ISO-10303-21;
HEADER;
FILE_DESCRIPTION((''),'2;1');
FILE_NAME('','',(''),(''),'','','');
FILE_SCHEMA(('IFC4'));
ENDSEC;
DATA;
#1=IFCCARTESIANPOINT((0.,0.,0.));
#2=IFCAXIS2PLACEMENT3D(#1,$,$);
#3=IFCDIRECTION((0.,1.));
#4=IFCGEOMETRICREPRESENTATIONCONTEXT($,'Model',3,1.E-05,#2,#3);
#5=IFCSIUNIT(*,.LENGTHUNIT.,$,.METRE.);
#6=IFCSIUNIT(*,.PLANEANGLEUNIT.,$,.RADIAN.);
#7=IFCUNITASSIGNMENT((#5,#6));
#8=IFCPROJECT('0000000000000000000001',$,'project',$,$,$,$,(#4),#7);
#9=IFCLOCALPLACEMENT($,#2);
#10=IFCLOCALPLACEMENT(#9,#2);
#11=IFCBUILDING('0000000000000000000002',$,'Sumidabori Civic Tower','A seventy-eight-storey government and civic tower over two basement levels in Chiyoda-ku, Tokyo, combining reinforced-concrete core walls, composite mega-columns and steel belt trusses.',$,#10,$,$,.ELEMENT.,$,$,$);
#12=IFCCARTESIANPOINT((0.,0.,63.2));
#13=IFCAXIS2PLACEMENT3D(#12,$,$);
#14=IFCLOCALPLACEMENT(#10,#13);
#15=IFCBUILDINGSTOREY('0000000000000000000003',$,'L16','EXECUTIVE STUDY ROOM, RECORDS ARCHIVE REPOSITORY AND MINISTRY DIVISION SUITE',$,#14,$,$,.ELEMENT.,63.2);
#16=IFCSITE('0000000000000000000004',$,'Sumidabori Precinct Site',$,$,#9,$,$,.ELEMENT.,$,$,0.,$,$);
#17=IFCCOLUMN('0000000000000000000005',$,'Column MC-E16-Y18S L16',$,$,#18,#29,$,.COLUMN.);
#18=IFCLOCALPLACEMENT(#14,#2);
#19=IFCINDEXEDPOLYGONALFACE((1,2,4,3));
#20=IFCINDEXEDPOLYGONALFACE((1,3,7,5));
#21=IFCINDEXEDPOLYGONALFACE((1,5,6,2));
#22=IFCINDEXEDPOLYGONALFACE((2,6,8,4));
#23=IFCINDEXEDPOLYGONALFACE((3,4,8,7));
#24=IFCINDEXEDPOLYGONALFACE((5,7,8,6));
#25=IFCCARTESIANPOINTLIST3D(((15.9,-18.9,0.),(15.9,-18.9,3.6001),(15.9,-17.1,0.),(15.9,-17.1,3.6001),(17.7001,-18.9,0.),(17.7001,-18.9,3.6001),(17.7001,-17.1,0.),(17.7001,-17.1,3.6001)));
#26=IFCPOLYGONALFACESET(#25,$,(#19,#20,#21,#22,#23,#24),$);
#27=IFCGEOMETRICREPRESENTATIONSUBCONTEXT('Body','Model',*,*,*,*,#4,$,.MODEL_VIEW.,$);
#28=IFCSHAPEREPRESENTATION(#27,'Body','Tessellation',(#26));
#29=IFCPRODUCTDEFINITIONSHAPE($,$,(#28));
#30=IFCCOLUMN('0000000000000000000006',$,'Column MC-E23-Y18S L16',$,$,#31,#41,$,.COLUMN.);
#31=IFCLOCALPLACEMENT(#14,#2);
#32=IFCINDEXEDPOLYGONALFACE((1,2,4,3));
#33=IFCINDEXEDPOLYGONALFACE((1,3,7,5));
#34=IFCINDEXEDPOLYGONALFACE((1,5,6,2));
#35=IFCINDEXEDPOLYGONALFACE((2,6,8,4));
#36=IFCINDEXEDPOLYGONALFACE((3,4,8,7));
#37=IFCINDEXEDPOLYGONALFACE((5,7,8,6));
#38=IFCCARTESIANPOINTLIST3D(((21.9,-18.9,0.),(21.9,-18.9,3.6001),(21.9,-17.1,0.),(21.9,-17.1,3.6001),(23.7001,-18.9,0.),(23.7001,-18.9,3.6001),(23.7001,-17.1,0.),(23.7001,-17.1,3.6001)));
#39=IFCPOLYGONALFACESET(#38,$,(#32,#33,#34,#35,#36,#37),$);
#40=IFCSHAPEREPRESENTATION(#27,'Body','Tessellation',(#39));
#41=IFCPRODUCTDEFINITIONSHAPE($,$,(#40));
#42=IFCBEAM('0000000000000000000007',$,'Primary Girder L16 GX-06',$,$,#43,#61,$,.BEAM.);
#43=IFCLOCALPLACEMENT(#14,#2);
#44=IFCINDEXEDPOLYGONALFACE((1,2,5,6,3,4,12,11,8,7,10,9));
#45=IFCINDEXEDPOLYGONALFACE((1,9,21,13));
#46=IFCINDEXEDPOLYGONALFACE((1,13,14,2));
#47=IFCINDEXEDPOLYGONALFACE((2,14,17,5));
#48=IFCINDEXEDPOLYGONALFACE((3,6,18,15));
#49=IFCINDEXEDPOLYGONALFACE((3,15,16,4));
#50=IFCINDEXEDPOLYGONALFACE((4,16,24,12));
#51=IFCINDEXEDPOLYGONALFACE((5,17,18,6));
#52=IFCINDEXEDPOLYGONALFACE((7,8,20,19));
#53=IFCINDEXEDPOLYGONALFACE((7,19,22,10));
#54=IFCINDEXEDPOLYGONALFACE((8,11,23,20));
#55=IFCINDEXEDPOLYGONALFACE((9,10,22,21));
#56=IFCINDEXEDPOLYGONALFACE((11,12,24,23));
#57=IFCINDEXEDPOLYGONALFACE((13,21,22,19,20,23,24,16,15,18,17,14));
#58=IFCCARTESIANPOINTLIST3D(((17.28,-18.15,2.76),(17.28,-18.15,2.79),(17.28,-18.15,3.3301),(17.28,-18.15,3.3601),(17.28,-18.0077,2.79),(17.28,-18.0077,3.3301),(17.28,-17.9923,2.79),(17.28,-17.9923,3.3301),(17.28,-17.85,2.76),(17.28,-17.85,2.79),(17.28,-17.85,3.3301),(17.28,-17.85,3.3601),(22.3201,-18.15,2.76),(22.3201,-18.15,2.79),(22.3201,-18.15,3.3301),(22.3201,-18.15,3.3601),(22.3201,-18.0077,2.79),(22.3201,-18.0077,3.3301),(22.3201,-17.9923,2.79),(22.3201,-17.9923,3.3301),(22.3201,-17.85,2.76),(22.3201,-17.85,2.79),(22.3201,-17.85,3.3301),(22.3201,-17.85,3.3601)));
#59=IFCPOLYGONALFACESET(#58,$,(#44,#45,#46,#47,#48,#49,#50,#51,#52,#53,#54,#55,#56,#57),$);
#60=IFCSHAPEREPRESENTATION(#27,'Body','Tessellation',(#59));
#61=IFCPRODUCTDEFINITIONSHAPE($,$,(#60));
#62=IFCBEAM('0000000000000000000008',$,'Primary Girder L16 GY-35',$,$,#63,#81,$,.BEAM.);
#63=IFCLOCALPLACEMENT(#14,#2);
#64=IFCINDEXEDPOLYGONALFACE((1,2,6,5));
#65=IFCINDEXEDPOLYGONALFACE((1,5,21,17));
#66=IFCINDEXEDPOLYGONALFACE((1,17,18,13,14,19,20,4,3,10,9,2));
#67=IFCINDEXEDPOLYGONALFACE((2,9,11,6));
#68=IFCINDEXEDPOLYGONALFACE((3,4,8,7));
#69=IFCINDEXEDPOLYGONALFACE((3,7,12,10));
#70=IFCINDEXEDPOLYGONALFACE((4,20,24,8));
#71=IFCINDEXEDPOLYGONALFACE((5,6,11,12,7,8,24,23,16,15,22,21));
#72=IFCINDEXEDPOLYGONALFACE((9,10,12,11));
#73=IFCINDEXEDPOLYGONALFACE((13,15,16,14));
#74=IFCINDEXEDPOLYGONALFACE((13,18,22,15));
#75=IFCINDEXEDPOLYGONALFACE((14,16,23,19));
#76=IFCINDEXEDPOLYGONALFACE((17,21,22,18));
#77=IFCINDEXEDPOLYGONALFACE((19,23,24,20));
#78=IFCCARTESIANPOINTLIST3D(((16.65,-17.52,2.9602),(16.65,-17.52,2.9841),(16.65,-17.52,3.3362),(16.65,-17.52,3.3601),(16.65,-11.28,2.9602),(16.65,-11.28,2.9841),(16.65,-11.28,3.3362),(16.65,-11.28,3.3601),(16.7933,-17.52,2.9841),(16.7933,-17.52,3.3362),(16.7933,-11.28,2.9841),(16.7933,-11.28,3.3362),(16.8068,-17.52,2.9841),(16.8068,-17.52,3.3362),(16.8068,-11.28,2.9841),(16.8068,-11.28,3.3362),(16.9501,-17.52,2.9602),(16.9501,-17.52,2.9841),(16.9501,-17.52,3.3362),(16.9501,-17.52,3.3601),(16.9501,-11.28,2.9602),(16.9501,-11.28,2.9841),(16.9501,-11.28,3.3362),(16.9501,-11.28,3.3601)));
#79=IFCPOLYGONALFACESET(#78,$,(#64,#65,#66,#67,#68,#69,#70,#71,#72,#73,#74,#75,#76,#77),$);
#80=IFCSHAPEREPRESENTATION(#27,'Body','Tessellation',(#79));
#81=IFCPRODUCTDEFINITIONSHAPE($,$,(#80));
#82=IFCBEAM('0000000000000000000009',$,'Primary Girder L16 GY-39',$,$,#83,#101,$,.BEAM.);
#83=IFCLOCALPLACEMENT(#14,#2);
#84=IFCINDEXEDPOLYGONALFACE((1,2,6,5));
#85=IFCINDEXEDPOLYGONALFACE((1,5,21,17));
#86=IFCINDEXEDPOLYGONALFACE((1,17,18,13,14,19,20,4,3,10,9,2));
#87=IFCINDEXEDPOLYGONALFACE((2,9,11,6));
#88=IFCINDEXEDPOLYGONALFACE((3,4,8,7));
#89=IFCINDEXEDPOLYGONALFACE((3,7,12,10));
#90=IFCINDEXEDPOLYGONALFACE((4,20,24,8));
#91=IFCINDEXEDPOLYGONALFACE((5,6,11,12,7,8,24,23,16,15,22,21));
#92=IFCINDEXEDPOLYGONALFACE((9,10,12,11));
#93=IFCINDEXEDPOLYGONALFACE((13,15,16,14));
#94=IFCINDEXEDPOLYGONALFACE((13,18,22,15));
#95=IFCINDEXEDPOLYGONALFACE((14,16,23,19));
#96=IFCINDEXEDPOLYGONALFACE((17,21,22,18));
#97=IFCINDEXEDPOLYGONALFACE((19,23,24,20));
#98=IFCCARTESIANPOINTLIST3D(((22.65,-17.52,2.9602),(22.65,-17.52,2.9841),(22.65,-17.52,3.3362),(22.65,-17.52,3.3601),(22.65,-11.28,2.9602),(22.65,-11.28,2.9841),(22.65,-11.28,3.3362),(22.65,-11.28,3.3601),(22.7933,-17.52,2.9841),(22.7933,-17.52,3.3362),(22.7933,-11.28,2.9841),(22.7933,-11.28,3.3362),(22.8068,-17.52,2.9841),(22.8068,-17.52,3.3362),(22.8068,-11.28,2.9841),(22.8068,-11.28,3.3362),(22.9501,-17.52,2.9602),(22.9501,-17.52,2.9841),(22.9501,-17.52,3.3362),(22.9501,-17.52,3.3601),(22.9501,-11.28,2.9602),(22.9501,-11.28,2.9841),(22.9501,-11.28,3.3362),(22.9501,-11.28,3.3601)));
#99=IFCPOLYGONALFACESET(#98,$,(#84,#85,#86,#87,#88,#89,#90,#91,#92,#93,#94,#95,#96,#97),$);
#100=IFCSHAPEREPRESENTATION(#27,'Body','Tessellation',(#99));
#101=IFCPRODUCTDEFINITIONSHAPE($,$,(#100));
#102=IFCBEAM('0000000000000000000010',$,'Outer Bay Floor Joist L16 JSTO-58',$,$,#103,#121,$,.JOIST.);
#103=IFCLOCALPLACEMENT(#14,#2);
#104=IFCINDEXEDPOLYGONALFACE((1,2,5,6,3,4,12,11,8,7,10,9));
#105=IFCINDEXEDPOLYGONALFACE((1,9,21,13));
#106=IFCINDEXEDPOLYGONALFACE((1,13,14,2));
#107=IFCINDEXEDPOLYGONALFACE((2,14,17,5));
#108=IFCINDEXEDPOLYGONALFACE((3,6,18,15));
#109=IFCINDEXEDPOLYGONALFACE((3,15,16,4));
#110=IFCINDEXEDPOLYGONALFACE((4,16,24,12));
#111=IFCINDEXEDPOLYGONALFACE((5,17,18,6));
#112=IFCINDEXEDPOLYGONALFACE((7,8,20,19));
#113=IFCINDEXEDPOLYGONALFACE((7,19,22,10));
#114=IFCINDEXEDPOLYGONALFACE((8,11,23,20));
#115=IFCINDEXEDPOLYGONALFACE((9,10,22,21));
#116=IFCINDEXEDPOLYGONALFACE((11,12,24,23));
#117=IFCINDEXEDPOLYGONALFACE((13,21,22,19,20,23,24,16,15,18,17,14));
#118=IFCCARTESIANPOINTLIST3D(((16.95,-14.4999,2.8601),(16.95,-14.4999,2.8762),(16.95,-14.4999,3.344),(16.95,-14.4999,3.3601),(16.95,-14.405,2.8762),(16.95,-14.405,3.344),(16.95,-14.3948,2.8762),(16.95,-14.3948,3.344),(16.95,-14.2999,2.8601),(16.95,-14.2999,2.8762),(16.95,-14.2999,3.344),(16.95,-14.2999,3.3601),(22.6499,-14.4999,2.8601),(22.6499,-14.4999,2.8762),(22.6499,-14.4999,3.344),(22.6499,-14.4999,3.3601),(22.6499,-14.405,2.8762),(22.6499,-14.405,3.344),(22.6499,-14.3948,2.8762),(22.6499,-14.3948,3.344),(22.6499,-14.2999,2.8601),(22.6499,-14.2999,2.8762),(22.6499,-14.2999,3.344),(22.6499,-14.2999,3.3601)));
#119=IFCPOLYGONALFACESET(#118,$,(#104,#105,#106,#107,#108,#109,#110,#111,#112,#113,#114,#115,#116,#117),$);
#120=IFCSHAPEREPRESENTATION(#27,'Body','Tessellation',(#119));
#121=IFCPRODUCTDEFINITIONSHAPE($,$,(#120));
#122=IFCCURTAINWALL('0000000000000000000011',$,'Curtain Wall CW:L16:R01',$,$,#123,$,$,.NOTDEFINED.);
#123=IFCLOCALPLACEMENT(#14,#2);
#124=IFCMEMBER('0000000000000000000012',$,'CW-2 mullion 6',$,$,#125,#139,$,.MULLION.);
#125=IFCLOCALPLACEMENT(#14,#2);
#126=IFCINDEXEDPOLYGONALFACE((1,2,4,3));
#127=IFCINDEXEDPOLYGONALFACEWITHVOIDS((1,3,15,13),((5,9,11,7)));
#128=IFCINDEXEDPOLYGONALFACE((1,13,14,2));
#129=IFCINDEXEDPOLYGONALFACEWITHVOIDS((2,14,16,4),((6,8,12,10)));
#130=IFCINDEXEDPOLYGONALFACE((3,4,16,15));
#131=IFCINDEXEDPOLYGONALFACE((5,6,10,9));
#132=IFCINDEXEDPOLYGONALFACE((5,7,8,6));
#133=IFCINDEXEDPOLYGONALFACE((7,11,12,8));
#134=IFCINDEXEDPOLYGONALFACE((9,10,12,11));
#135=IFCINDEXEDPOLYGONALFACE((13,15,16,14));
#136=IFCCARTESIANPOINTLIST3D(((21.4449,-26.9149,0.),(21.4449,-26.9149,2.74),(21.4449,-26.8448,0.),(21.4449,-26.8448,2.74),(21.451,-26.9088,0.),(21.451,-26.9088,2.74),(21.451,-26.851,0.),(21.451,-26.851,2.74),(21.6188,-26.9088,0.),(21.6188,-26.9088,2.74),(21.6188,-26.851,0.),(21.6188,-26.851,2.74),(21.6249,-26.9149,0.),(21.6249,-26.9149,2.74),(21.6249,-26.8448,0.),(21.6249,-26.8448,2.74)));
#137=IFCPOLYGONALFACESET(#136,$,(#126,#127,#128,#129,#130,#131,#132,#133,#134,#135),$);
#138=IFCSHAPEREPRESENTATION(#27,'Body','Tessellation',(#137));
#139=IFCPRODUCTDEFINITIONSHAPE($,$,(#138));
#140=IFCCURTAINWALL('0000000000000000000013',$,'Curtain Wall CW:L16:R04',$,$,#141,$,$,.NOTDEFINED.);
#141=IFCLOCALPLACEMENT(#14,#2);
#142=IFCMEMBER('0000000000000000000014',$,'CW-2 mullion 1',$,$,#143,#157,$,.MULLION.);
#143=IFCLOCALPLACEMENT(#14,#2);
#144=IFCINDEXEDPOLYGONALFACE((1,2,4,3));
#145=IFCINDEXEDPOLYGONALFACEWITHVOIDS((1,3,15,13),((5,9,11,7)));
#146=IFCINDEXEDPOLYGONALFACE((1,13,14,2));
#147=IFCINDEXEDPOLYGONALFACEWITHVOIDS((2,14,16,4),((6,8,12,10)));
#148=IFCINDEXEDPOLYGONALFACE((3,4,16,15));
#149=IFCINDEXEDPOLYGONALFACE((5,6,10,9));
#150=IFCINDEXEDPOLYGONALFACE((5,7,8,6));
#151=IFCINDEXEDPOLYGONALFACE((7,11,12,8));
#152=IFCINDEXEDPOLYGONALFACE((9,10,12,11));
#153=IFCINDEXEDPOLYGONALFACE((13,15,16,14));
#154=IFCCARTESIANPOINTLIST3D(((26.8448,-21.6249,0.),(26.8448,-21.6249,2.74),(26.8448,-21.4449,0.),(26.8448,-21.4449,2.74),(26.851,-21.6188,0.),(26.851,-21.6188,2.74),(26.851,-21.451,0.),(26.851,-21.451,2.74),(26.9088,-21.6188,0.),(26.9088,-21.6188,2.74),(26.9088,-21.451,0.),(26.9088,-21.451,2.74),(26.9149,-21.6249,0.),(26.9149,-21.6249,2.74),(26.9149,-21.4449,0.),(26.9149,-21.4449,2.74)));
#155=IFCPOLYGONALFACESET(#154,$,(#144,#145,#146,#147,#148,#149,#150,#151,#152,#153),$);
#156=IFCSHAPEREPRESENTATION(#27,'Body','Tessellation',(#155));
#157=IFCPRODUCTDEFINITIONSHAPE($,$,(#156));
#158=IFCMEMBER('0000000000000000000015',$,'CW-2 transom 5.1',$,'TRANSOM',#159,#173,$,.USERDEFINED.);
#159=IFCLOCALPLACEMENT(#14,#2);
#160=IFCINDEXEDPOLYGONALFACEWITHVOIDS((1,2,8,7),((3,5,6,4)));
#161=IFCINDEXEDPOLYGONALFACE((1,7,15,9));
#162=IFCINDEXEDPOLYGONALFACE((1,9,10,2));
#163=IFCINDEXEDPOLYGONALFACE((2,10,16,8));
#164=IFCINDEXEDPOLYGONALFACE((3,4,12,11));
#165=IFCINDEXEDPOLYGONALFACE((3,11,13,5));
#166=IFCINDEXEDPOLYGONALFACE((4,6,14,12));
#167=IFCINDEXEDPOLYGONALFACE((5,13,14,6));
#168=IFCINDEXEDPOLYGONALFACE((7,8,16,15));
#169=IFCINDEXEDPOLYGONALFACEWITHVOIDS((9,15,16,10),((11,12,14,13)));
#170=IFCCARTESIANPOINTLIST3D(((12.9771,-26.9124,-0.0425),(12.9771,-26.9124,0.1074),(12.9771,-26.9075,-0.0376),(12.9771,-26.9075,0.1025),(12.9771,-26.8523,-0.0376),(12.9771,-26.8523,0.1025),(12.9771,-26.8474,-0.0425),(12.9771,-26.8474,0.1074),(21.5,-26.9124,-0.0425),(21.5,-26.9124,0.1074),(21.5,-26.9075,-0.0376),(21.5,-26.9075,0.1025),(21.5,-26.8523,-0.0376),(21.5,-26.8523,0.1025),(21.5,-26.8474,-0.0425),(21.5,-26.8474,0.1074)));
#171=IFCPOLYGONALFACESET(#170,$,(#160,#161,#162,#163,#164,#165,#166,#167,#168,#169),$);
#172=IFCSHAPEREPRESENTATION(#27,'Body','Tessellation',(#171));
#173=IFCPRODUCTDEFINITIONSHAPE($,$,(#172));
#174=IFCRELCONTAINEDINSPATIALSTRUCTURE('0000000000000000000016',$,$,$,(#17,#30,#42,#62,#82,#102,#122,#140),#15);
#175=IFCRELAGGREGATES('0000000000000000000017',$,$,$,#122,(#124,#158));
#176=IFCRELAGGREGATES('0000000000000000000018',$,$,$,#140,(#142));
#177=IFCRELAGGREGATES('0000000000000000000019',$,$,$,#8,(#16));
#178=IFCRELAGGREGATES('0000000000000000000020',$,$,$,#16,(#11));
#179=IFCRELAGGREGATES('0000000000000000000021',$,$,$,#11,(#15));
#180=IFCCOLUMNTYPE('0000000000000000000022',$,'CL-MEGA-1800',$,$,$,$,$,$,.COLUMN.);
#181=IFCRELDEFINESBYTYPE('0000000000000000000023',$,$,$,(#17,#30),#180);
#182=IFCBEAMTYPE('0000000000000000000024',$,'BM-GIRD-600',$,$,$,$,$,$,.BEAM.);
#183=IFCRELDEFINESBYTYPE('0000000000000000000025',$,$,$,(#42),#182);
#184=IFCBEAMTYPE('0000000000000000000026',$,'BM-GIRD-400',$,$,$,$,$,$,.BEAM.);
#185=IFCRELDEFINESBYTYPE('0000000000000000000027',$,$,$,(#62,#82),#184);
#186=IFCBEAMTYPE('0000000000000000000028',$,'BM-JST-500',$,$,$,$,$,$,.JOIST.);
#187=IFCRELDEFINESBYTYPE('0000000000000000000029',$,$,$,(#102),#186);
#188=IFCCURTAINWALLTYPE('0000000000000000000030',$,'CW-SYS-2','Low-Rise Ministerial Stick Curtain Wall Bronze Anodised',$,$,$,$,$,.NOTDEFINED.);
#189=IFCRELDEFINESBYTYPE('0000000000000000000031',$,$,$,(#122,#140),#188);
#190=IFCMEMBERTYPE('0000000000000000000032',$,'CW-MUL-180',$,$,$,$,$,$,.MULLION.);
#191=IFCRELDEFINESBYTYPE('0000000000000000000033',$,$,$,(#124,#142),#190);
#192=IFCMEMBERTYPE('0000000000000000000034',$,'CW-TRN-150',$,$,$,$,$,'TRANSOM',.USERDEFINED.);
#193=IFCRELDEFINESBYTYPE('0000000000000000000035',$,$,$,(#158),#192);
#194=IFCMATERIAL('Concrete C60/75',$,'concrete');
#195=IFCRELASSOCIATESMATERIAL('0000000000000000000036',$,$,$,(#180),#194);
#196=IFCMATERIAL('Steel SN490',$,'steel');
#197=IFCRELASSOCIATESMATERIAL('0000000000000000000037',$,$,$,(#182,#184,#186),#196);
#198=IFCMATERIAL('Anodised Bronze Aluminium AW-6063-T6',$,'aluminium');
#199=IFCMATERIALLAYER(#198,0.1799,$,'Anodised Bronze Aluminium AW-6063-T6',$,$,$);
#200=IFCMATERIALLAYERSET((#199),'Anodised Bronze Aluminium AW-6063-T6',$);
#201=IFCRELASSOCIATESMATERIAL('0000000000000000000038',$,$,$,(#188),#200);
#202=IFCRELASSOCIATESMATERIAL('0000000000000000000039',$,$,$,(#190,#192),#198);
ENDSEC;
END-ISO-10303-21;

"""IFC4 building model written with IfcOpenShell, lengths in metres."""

from ifc_helpers import new_model, si_unit, direction, frame, origin, origin_2d, place, context, subcontext, project, spatial, rectangle, hollow_rectangle, i_section, extrude, source, transform, mapped, material, layer, layer_set, material_profile, profile_set, type_object, element, aggregate, save


model = new_model("IFC4")

# Units and contexts
model_context = context("Model", 3, precision=1e-05, world=origin(), true_north=direction((0.0, 1.0)))
body_context = subcontext(model_context, "Body", "Model", "MODEL_VIEW")
ifc_project = project(units=[si_unit("LENGTHUNIT", "METRE"), si_unit("PLANEANGLEUNIT", "RADIAN")], contexts=[model_context])

# Site, building, storey
site_placement = place(None, origin())
site = spatial("IfcSite", under=ifc_project, at=site_placement, Name="Sumidabori Precinct Site", CompositionType="ELEMENT", RefElevation=0.0)
building_placement = place(site_placement, origin())
building = spatial("IfcBuilding", under=site, at=building_placement, Name="Sumidabori Civic Tower", Description="A seventy-eight-storey government and civic tower over two basement levels in Chiyoda-ku, Tokyo, combining reinforced-concrete core walls, composite mega-columns and steel belt trusses.", CompositionType="ELEMENT")
storey_placement = place(building_placement, frame((0.0, 0.0, 63.2)))
storey = spatial("IfcBuildingStorey", under=building, at=storey_placement, Name="L16", Description="EXECUTIVE STUDY ROOM, RECORDS ARCHIVE REPOSITORY AND MINISTRY DIVISION SUITE", CompositionType="ELEMENT", Elevation=63.2)

# Columns
ifc_material_1 = material(Name="Concrete C60/75", Category="concrete")
ifc_material_profile_1 = material_profile(ifc_material_1, rectangle(XDim=1.8, YDim=1.8, at=origin_2d()), Name="RC 1800x1800")
ifc_profile_set_1 = profile_set([ifc_material_profile_1], Name="Concrete C60/75")
column_type = type_object("IfcColumnType", Name="CL-MEGA-1800", PredefinedType="COLUMN", material=ifc_profile_set_1)
shared_shape_1 = source(origin(), body_context, "Body", "SweptSolid", [
    extrude(rectangle(XDim=1.8, YDim=1.8, at=origin_2d()), origin(), (0.0, 0.0, 1.0), 3.6001),
])
for number, where, z_axis, x_axis, name in (
    (1, (16.8, -18.0, 0.0), (0.0, 0.0, 1.0), (1.0, 0.0, 0.0), "Column MC-E16-Y18S L16"),
    (2, (22.8, -18.0, 0.0), (0.0, 0.0, 1.0), (1.0, 0.0, 0.0), "Column MC-E23-Y18S L16"),
):
    element("IfcColumn", number, at=place(storey_placement, frame(where, z_axis=z_axis, x_axis=x_axis)), inside=storey, type_object=column_type, Name=name, PredefinedType="COLUMN", context=body_context, shape_type="MappedRepresentation", body=[
        mapped(shared_shape_1, transform((0.0, 0.0, 0.0), x_axis=(1.0, 0.0, 0.0), y_axis=(0.0, 1.0, 0.0), z_axis=(0.0, 0.0, 1.0), scale=1.0)),
    ])

# Beams
ifc_material_2 = material(Name="Steel SN490", Category="steel")
ifc_material_profile_2 = material_profile(ifc_material_2, i_section(OverallWidth=0.3, OverallDepth=0.6001, WebThickness=0.0154, FlangeThickness=0.03, at=origin_2d()), Name="HE 600 B")
ifc_profile_set_2 = profile_set([ifc_material_profile_2], Name="Steel SN490")
beam_type_1 = type_object("IfcBeamType", Name="BM-GIRD-600", PredefinedType="BEAM", material=ifc_profile_set_2)
shared_shape_2 = source(origin(), body_context, "Body", "SweptSolid", [
    extrude(i_section(OverallWidth=0.3, OverallDepth=0.6001, WebThickness=0.0154, FlangeThickness=0.03, at=origin_2d()), origin(), (0.0, 0.0, 1.0), 5.04),
])
beam_1_placement = place(storey_placement, frame((17.28, -18.0, 3.0601), z_axis=(1.0, 0.0, 0.0), x_axis=(0.0, 1.0, 0.0)))
element("IfcBeam", 3, at=beam_1_placement, inside=storey, type_object=beam_type_1, Name="Primary Girder L16 GX-06", PredefinedType="BEAM", context=body_context, shape_type="MappedRepresentation", body=[
    mapped(shared_shape_2, transform((0.0, 0.0, 0.0), x_axis=(1.0, 0.0, 0.0), y_axis=(0.0, 1.0, 0.0), z_axis=(0.0, 0.0, 1.0), scale=1.0)),
])
ifc_material_profile_3 = material_profile(ifc_material_2, i_section(OverallWidth=0.3, OverallDepth=0.3999, WebThickness=0.0134, FlangeThickness=0.0239, at=origin_2d()), Name="HE 400 B")
ifc_profile_set_3 = profile_set([ifc_material_profile_3], Name="Steel SN490")
beam_type_2 = type_object("IfcBeamType", Name="BM-GIRD-400", PredefinedType="BEAM", material=ifc_profile_set_3)
shared_shape_3 = source(origin(), body_context, "Body", "SweptSolid", [
    extrude(i_section(OverallWidth=0.3, OverallDepth=0.3999, WebThickness=0.0134, FlangeThickness=0.0239, at=origin_2d()), origin(), (0.0, 0.0, 1.0), 6.24),
])
for number, where, z_axis, x_axis, name in (
    (4, (16.8, -17.52, 3.1602), (0.0, 1.0, 0.0), (-1.0, 0.0, 0.0), "Primary Girder L16 GY-35"),
    (5, (22.8, -17.52, 3.1602), (0.0, 1.0, 0.0), (-1.0, 0.0, 0.0), "Primary Girder L16 GY-39"),
):
    element("IfcBeam", number, at=place(storey_placement, frame(where, z_axis=z_axis, x_axis=x_axis)), inside=storey, type_object=beam_type_2, Name=name, PredefinedType="BEAM", context=body_context, shape_type="MappedRepresentation", body=[
        mapped(shared_shape_3, transform((0.0, 0.0, 0.0), x_axis=(1.0, 0.0, 0.0), y_axis=(0.0, 1.0, 0.0), z_axis=(0.0, 0.0, 1.0), scale=1.0)),
    ])
ifc_material_profile_4 = material_profile(ifc_material_2, i_section(OverallWidth=0.2, OverallDepth=0.5, WebThickness=0.0103, FlangeThickness=0.0161, at=origin_2d()), Name="IPE 500")
ifc_profile_set_4 = profile_set([ifc_material_profile_4], Name="Steel SN490")
beam_type_3 = type_object("IfcBeamType", Name="BM-JST-500", PredefinedType="JOIST", material=ifc_profile_set_4)
shared_shape_4 = source(origin(), body_context, "Body", "SweptSolid", [
    extrude(i_section(OverallWidth=0.2, OverallDepth=0.5, WebThickness=0.0103, FlangeThickness=0.0161, at=origin_2d()), origin(), (0.0, 0.0, 1.0), 5.7),
])
beam_2_placement = place(storey_placement, frame((16.95, -14.3999, 3.1101), z_axis=(1.0, 0.0, 0.0), x_axis=(0.0, 1.0, 0.0)))
element("IfcBeam", 6, at=beam_2_placement, inside=storey, type_object=beam_type_3, Name="Outer Bay Floor Joist L16 JSTO-58", PredefinedType="JOIST", context=body_context, shape_type="MappedRepresentation", body=[
    mapped(shared_shape_4, transform((0.0, 0.0, 0.0), x_axis=(1.0, 0.0, 0.0), y_axis=(0.0, 1.0, 0.0), z_axis=(0.0, 0.0, 1.0), scale=1.0)),
])

# Curtain walls, members
ifc_material_3 = material(Name="Anodised Bronze Aluminium AW-6063-T6", Category="aluminium")
ifc_layer_1 = layer(ifc_material_3, 0.1799, Name="Anodised Bronze Aluminium AW-6063-T6")
ifc_layer_set_1 = layer_set([ifc_layer_1], Name="Anodised Bronze Aluminium AW-6063-T6")
curtain_wall_type = type_object("IfcCurtainWallType", Name="CW-SYS-2", Description="Low-Rise Ministerial Stick Curtain Wall Bronze Anodised", PredefinedType="NOTDEFINED", material=ifc_layer_set_1)
curtain_wall_1_placement = place(storey_placement, origin())
curtain_wall_1 = element("IfcCurtainWall", 7, at=curtain_wall_1_placement, inside=storey, type_object=curtain_wall_type, Name="Curtain Wall CW:L16:R01", PredefinedType="NOTDEFINED")
ifc_material_profile_5 = material_profile(ifc_material_3, hollow_rectangle(XDim=0.0701, YDim=0.1799, WallThickness=0.0061, at=origin_2d()), Name="ALU MULLION 180x70")
ifc_profile_set_5 = profile_set([ifc_material_profile_5], Name="Anodised Bronze Aluminium AW-6063-T6")
member_type_1 = type_object("IfcMemberType", Name="CW-MUL-180", PredefinedType="MULLION", material=ifc_profile_set_5)
shared_shape_5 = source(origin(), body_context, "Body", "SweptSolid", [
    extrude(hollow_rectangle(XDim=0.0701, YDim=0.1799, WallThickness=0.0061, at=origin_2d()), origin(), (0.0, 0.0, 1.0), 2.74),
])
member_1_placement = place(storey_placement, frame((21.5349, -26.8799, 0.0), z_axis=(0.0, 0.0, 1.0), x_axis=(0.0, 1.0, 0.0)))
member_1 = element("IfcMember", 8, at=member_1_placement, type_object=member_type_1, Name="CW-2 mullion 6", PredefinedType="MULLION", context=body_context, shape_type="MappedRepresentation", body=[
    mapped(shared_shape_5, transform((0.0, 0.0, 0.0), x_axis=(1.0, 0.0, 0.0), y_axis=(0.0, 1.0, 0.0), z_axis=(0.0, 0.0, 1.0), scale=1.0)),
])
curtain_wall_2_placement = place(storey_placement, origin())
curtain_wall_2 = element("IfcCurtainWall", 9, at=curtain_wall_2_placement, inside=storey, type_object=curtain_wall_type, Name="Curtain Wall CW:L16:R04", PredefinedType="NOTDEFINED")
member_2_placement = place(storey_placement, frame((26.8799, -21.5349, 0.0), z_axis=(0.0, 0.0, 1.0), x_axis=(-1.0, 0.0, 0.0)))
member_2 = element("IfcMember", 10, at=member_2_placement, type_object=member_type_1, Name="CW-2 mullion 1", PredefinedType="MULLION", context=body_context, shape_type="MappedRepresentation", body=[
    mapped(shared_shape_5, transform((0.0, 0.0, 0.0), x_axis=(1.0, 0.0, 0.0), y_axis=(0.0, 1.0, 0.0), z_axis=(0.0, 0.0, 1.0), scale=1.0)),
])

# Member
ifc_material_profile_6 = material_profile(ifc_material_3, hollow_rectangle(XDim=0.0649, YDim=0.1499, WallThickness=0.0049, at=origin_2d()), Name="ALU TRANSOM 150x65")
ifc_profile_set_6 = profile_set([ifc_material_profile_6], Name="Anodised Bronze Aluminium AW-6063-T6")
member_type_2 = type_object("IfcMemberType", Name="CW-TRN-150", ElementType="TRANSOM", PredefinedType="USERDEFINED", material=ifc_profile_set_6)
shared_shape_6 = source(origin(), body_context, "Body", "SweptSolid", [
    extrude(hollow_rectangle(XDim=0.0649, YDim=0.1499, WallThickness=0.0049, at=origin_2d()), origin(), (0.0, 0.0, 1.0), 8.5229),
])
member_3_placement = place(storey_placement, frame((12.9771, -26.8799, 0.0325), z_axis=(1.0, 0.0, 0.0), x_axis=(0.0, 1.0, 0.0)))
member_3 = element("IfcMember", 11, at=member_3_placement, type_object=member_type_2, Name="CW-2 transom 5.1", ObjectType="TRANSOM", PredefinedType="USERDEFINED", context=body_context, shape_type="MappedRepresentation", body=[
    mapped(shared_shape_6, transform((0.0, 0.0, 0.0), x_axis=(1.0, 0.0, 0.0), y_axis=(0.0, 1.0, 0.0), z_axis=(0.0, 0.0, 1.0), scale=1.0)),
])

aggregate(curtain_wall_1, [member_1, member_3])
aggregate(curtain_wall_2, [member_2])

save(model, "model.ifc")
